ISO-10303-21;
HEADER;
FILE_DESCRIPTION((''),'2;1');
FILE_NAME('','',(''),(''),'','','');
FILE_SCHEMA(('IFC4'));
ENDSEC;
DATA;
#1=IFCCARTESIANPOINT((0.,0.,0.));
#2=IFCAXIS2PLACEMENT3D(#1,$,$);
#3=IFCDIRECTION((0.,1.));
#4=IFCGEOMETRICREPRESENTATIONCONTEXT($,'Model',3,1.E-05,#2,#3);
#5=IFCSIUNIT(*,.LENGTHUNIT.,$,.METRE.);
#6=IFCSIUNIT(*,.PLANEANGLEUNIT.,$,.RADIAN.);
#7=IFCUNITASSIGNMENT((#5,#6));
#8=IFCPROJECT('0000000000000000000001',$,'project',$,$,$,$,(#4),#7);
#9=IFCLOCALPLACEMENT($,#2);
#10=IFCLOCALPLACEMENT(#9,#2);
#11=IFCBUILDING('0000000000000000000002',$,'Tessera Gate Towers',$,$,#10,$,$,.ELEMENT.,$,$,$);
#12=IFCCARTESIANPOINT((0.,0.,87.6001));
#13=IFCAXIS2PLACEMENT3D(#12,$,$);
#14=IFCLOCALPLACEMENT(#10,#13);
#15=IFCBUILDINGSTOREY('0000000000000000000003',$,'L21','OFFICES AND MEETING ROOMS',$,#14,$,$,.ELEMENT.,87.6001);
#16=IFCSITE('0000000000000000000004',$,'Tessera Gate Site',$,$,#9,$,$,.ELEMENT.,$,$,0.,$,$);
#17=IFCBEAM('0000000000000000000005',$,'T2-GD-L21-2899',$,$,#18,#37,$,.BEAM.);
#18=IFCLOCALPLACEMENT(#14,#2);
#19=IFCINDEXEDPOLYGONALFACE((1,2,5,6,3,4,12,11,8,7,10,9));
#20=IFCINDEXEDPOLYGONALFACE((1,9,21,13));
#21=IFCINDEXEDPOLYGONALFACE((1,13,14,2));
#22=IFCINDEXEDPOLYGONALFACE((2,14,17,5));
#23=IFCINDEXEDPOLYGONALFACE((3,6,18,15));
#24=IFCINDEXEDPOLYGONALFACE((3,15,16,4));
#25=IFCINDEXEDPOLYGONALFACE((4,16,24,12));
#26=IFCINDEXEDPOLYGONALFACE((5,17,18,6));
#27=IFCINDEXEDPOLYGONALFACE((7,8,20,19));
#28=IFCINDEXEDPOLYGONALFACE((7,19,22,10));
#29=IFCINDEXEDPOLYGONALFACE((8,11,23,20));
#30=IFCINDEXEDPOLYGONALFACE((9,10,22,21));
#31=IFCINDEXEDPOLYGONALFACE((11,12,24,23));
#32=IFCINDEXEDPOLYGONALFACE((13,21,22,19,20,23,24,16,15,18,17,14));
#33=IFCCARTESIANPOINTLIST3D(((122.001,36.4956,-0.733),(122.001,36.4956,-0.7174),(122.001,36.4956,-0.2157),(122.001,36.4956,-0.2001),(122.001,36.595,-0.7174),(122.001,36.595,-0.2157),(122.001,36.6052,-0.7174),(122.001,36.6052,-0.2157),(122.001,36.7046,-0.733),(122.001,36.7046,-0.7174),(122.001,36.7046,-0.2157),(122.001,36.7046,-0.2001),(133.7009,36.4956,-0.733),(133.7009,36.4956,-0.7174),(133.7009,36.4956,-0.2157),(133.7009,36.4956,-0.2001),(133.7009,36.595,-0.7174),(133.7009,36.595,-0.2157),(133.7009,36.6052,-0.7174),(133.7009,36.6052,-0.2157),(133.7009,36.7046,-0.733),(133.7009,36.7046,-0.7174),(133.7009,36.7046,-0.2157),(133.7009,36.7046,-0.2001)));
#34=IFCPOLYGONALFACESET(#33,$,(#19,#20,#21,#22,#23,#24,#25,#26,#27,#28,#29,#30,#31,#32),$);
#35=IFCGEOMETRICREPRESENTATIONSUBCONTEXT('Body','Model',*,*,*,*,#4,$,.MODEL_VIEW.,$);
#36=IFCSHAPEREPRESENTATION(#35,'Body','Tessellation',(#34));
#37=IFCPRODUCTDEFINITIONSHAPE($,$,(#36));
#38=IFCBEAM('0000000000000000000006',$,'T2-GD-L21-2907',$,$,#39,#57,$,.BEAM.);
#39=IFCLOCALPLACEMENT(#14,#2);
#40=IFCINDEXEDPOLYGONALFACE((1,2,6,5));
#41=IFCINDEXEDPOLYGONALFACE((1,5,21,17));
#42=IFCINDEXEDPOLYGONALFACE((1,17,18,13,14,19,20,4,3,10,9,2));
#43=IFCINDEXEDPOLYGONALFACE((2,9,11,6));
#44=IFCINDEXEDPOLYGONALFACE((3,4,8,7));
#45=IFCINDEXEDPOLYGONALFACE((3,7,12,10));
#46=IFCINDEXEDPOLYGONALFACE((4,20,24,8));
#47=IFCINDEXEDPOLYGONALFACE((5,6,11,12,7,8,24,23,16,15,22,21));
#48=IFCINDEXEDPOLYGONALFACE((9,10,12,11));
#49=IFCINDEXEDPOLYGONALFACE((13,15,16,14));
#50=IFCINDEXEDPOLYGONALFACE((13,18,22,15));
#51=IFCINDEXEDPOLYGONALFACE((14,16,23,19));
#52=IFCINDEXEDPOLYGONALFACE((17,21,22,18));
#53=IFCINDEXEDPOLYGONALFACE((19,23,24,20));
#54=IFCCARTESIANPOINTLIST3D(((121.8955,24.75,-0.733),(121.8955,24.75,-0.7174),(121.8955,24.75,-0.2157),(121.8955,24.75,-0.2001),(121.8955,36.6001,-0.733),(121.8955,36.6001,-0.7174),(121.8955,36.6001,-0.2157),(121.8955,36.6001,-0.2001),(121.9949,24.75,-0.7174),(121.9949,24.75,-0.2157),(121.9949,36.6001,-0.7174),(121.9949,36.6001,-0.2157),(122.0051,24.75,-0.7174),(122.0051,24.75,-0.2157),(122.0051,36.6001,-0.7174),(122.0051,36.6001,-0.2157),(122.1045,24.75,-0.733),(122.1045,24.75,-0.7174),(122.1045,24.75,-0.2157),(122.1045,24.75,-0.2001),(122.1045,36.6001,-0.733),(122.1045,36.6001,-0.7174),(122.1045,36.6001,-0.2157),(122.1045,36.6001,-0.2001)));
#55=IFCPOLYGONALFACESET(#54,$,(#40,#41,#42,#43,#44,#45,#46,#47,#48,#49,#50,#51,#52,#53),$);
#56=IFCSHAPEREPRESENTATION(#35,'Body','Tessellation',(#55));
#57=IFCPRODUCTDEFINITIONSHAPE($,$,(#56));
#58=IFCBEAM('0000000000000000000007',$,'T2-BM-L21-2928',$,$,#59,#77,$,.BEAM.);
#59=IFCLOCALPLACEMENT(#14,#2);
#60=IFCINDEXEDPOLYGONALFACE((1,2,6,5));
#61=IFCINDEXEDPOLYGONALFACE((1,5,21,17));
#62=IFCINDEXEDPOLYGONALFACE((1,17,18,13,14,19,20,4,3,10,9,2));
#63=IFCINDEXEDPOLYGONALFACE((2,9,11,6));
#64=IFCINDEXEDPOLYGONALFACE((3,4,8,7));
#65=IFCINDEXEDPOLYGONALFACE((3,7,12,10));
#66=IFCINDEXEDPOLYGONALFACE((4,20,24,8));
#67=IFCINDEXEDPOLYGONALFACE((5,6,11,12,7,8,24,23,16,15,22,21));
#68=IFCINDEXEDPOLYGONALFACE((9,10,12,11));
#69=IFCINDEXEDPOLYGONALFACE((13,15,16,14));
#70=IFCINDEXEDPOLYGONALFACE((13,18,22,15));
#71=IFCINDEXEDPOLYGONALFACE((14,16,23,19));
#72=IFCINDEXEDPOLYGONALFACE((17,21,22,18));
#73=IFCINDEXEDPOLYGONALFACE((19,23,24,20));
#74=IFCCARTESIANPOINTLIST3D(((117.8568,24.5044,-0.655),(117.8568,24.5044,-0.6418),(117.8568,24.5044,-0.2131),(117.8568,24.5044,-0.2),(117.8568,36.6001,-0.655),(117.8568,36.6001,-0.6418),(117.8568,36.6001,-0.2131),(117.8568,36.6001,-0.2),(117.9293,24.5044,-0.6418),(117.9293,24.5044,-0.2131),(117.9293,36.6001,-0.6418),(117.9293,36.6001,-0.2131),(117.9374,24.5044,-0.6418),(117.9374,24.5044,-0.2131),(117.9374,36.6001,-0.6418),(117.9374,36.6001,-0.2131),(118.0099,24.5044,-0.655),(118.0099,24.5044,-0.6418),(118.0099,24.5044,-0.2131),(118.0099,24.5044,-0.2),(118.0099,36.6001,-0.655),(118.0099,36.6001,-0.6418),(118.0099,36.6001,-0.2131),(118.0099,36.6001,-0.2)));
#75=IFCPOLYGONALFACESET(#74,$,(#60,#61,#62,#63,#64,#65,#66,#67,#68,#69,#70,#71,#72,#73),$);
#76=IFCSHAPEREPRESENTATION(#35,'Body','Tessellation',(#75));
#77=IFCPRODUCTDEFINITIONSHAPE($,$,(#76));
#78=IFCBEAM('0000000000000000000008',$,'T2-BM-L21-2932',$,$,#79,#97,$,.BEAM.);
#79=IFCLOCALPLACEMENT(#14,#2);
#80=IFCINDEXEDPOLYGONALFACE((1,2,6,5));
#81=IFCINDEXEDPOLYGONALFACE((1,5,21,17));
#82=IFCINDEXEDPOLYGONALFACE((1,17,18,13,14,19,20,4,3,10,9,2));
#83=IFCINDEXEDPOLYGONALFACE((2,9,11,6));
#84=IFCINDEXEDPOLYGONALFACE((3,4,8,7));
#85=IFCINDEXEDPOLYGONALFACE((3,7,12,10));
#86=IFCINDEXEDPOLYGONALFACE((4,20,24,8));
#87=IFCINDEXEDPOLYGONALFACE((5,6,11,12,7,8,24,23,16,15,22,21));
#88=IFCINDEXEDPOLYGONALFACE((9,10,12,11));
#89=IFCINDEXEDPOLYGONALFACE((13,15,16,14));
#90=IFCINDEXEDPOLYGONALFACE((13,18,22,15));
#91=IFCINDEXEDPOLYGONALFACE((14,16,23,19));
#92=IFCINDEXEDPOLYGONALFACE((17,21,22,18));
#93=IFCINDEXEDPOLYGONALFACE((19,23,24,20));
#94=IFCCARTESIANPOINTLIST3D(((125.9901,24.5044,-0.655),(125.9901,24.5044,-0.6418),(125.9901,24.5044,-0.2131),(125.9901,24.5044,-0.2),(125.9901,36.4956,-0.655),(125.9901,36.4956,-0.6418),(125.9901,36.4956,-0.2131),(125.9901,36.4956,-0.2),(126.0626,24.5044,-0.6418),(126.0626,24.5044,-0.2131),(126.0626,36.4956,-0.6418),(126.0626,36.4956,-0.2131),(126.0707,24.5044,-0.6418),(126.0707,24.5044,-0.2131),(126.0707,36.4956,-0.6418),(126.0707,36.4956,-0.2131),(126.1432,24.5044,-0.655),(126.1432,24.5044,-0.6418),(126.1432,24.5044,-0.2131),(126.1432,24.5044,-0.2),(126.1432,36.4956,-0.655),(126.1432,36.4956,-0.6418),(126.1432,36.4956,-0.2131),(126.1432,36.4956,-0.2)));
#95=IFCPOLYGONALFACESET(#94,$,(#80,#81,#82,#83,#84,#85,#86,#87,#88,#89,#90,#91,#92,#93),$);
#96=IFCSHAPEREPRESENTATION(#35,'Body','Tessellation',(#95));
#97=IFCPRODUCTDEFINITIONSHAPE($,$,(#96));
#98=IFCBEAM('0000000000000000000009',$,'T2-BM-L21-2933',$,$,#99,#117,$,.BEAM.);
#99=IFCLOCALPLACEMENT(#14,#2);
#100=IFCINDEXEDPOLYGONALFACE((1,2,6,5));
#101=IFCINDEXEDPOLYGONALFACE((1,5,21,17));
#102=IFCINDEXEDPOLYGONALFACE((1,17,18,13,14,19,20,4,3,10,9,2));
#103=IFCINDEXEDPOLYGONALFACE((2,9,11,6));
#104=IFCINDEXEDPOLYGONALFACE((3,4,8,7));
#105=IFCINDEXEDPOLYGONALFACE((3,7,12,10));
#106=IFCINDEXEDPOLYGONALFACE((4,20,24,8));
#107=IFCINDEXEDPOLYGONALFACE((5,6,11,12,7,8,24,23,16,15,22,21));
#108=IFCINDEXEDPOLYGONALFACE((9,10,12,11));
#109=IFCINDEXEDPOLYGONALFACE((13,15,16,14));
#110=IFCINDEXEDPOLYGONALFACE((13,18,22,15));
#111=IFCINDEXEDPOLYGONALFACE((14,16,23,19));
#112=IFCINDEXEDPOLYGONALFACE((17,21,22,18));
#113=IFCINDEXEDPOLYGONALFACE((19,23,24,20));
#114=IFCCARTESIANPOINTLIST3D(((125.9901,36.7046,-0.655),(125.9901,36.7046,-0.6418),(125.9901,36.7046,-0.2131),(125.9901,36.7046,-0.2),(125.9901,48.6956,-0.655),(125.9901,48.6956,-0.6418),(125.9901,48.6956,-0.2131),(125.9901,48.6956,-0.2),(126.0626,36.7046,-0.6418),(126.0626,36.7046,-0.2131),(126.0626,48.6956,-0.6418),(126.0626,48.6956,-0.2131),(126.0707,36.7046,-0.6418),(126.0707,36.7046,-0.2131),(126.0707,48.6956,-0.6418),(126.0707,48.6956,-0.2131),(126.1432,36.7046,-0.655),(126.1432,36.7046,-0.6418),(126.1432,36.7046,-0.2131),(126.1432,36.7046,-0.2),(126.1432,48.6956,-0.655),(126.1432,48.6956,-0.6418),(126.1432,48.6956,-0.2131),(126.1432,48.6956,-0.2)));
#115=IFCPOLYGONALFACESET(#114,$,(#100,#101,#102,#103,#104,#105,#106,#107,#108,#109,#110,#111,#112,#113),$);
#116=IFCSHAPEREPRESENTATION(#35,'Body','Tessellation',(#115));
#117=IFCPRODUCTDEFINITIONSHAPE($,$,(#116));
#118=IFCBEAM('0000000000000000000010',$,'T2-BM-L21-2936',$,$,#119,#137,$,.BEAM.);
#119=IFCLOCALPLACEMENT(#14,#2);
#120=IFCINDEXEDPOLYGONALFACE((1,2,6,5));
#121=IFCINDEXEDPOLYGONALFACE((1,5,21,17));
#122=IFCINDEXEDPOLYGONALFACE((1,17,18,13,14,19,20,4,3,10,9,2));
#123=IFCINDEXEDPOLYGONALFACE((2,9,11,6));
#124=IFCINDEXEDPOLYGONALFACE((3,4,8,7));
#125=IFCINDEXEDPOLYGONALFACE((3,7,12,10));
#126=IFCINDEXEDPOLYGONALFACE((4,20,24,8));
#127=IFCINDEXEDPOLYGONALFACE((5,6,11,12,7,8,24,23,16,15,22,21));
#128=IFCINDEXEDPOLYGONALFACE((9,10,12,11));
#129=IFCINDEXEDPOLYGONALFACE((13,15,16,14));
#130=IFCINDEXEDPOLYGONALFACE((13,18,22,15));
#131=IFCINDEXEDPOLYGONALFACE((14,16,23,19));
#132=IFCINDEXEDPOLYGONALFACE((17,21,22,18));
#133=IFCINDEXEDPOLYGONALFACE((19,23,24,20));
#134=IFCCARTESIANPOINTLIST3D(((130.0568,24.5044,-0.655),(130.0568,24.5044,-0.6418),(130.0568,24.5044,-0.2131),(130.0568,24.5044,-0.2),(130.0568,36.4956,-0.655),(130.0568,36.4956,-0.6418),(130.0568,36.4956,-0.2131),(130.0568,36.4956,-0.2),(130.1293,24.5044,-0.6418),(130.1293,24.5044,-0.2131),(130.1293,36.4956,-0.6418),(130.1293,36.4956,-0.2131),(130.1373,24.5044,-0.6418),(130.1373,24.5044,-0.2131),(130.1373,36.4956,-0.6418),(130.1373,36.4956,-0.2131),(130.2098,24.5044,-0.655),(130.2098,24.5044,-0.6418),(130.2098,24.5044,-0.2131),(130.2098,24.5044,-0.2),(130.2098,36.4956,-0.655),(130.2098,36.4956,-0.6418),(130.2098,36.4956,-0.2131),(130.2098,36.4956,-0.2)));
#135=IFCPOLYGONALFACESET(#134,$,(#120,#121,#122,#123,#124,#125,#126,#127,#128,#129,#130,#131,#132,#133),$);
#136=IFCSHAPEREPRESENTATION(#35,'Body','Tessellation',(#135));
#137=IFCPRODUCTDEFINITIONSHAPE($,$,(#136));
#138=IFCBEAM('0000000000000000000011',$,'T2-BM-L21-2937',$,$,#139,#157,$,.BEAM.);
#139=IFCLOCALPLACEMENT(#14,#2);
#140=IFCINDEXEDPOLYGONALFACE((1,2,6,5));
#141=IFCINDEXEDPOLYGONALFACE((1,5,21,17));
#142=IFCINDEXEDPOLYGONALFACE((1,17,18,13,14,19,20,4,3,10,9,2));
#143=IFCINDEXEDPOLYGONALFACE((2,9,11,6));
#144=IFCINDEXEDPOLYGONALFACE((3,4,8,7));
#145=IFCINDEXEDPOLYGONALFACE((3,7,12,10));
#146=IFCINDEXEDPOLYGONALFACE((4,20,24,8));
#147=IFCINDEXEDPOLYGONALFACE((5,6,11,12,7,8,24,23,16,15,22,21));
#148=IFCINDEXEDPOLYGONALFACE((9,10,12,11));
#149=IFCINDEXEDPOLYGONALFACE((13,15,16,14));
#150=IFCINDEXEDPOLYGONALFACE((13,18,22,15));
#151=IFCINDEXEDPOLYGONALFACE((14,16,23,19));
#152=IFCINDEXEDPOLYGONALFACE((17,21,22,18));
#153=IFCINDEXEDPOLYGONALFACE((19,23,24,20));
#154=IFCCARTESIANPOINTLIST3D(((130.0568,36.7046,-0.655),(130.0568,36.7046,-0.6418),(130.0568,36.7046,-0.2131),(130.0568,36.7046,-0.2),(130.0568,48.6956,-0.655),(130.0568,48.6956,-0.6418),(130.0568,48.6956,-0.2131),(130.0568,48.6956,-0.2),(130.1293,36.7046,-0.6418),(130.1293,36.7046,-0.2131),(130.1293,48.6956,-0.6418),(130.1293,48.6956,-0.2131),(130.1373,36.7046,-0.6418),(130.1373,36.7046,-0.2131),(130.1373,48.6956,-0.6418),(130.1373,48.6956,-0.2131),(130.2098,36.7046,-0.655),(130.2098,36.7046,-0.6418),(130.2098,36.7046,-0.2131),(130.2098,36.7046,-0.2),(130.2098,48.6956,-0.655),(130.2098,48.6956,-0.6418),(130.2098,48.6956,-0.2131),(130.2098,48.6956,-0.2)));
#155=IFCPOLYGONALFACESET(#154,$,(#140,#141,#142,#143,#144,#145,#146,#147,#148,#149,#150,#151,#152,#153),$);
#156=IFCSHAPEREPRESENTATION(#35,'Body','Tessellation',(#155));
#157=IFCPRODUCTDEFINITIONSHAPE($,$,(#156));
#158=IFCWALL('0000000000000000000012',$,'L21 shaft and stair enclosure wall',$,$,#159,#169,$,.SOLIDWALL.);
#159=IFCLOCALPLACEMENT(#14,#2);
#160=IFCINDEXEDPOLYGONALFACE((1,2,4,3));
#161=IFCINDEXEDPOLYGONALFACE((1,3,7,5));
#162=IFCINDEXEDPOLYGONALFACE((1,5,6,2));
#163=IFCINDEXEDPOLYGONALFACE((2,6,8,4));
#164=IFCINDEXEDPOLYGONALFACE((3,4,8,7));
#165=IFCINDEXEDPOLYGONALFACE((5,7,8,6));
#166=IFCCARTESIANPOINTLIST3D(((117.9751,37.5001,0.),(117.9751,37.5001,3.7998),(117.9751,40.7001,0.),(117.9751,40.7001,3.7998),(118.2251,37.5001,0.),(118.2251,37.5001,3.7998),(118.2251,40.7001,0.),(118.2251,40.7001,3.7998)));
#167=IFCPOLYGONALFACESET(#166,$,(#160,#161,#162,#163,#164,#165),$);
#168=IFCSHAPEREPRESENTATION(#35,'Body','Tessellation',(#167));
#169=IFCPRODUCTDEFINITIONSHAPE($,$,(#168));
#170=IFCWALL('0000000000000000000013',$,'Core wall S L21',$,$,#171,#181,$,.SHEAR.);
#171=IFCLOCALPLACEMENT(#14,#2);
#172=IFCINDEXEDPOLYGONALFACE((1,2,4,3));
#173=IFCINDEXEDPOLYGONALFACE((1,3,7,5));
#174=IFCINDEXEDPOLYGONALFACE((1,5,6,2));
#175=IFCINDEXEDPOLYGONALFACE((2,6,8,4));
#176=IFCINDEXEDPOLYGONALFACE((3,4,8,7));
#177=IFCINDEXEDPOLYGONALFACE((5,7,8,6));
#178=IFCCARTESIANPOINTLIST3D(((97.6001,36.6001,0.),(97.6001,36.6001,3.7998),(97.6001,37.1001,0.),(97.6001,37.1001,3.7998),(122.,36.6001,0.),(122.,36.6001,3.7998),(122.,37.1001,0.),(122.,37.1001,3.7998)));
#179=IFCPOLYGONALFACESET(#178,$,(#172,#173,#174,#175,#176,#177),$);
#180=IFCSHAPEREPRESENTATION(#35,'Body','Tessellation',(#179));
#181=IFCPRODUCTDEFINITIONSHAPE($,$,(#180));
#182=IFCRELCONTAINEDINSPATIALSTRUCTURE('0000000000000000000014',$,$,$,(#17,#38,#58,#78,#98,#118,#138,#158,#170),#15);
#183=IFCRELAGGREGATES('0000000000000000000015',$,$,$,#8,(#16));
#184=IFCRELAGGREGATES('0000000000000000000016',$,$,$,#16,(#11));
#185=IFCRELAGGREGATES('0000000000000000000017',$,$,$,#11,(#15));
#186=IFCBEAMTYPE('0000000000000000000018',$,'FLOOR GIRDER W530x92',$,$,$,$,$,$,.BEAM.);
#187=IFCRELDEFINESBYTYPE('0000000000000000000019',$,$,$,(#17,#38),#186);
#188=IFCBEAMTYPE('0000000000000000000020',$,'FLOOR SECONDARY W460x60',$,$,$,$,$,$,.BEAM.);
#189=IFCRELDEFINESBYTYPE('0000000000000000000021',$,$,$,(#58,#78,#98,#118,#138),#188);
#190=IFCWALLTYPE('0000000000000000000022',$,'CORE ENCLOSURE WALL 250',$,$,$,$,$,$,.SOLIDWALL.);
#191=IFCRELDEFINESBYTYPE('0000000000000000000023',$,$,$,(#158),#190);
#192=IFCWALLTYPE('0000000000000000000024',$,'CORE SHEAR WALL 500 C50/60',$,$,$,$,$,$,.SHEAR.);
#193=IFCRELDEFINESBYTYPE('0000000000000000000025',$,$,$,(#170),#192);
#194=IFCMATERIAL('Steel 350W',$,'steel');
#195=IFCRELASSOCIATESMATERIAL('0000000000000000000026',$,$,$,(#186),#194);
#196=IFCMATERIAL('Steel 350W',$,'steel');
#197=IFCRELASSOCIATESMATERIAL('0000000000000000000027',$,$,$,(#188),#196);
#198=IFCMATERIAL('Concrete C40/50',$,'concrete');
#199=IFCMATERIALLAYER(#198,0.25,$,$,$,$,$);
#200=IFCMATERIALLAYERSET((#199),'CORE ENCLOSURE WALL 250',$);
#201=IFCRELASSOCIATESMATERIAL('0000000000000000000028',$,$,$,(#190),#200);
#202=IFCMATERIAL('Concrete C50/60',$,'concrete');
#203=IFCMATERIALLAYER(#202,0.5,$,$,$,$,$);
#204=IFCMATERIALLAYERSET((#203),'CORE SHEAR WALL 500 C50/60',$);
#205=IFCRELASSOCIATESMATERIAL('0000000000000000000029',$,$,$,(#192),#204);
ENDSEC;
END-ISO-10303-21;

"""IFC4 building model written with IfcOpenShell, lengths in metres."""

from ifc_helpers import new_model, si_unit, direction, frame, frame_2d, origin, origin_2d, place, context, subcontext, project, spatial, rectangle, i_section, extrude, material, layer, layer_set, material_profile, profile_set, type_object, element, save


model = new_model("IFC4")

# Units and contexts
model_context = context("Model", 3, precision=1e-05, world=origin(), true_north=direction((0.0, 1.0)))
body_context = subcontext(model_context, "Body", "Model", "MODEL_VIEW")
ifc_project = project(units=[si_unit("LENGTHUNIT", "METRE"), si_unit("PLANEANGLEUNIT", "RADIAN")], contexts=[model_context])

# Site, building, storey
site_placement = place(None, origin())
site = spatial("IfcSite", under=ifc_project, at=site_placement, Name="Tessera Gate Site", CompositionType="ELEMENT", RefElevation=0.0)
building_placement = place(site_placement, origin())
building = spatial("IfcBuilding", under=site, at=building_placement, Name="Tessera Gate Towers", CompositionType="ELEMENT")
storey_placement = place(building_placement, frame((0.0, 0.0, 87.6001)))
storey = spatial("IfcBuildingStorey", under=building, at=storey_placement, Name="L21", Description="OFFICES AND MEETING ROOMS", CompositionType="ELEMENT", Elevation=87.6001)

# Beams
ifc_material_1 = material(Name="Steel 350W", Category="steel")
ifc_material_profile_1 = material_profile(ifc_material_1, i_section(OverallWidth=0.209, OverallDepth=0.533, WebThickness=0.0103, FlangeThickness=0.0156, at=origin_2d()), Name="W530x92")
ifc_profile_set_1 = profile_set([ifc_material_profile_1], Name="Steel 350W")
beam_type_1 = type_object("IfcBeamType", Name="FLOOR GIRDER W530x92", PredefinedType="BEAM", material=ifc_profile_set_1)
beam_1_placement = place(storey_placement, frame((122.001, 36.6001, -0.4666), z_axis=(1.0, 0.0, 0.0), x_axis=(0.0, 1.0, 0.0)))
element("IfcBeam", 1, at=beam_1_placement, inside=storey, type_object=beam_type_1, Name="T2-GD-L21-2899", PredefinedType="BEAM", context=body_context, shape_type="SweptSolid", body=[
    extrude(i_section(OverallWidth=0.209, OverallDepth=0.533, WebThickness=0.0103, FlangeThickness=0.0156, at=origin_2d()), origin(), (0.0, 0.0, 1.0), 11.7),
])
beam_2_placement = place(storey_placement, frame((122.0, 24.75, -0.4666), z_axis=(0.0, 1.0, 0.0), x_axis=(-1.0, 0.0, 0.0)))
element("IfcBeam", 2, at=beam_2_placement, inside=storey, type_object=beam_type_1, Name="T2-GD-L21-2907", PredefinedType="BEAM", context=body_context, shape_type="SweptSolid", body=[
    extrude(i_section(OverallWidth=0.209, OverallDepth=0.533, WebThickness=0.0103, FlangeThickness=0.0156, at=origin_2d()), origin(), (0.0, 0.0, 1.0), 11.8501),
])
ifc_material_2 = material(Name="Steel 350W", Category="steel")
ifc_material_profile_2 = material_profile(ifc_material_2, i_section(OverallWidth=0.1531, OverallDepth=0.4551, WebThickness=0.0081, FlangeThickness=0.0132, at=origin_2d()), Name="W460x60")
ifc_profile_set_2 = profile_set([ifc_material_profile_2], Name="Steel 350W")
beam_type_2 = type_object("IfcBeamType", Name="FLOOR SECONDARY W460x60", PredefinedType="BEAM", material=ifc_profile_set_2)
beam_3_placement = place(storey_placement, frame((117.9333, 24.5044, -0.4275), z_axis=(0.0, 1.0, 0.0), x_axis=(-1.0, 0.0, 0.0)))
element("IfcBeam", 3, at=beam_3_placement, inside=storey, type_object=beam_type_2, Name="T2-BM-L21-2928", PredefinedType="BEAM", context=body_context, shape_type="SweptSolid", body=[
    extrude(i_section(OverallWidth=0.1531, OverallDepth=0.4551, WebThickness=0.0081, FlangeThickness=0.0132, at=origin_2d()), origin(), (0.0, 0.0, 1.0), 12.0957),
])
beam_4_placement = place(storey_placement, frame((126.0667, 24.5044, -0.4275), z_axis=(0.0, 1.0, 0.0), x_axis=(-1.0, 0.0, 0.0)))
element("IfcBeam", 4, at=beam_4_placement, inside=storey, type_object=beam_type_2, Name="T2-BM-L21-2932", PredefinedType="BEAM", context=body_context, shape_type="SweptSolid", body=[
    extrude(i_section(OverallWidth=0.1531, OverallDepth=0.4551, WebThickness=0.0081, FlangeThickness=0.0132, at=origin_2d()), origin(), (0.0, 0.0, 1.0), 11.9912),
])
beam_5_placement = place(storey_placement, frame((126.0667, 36.7046, -0.4275), z_axis=(0.0, 1.0, 0.0), x_axis=(-1.0, 0.0, 0.0)))
element("IfcBeam", 5, at=beam_5_placement, inside=storey, type_object=beam_type_2, Name="T2-BM-L21-2933", PredefinedType="BEAM", context=body_context, shape_type="SweptSolid", body=[
    extrude(i_section(OverallWidth=0.1531, OverallDepth=0.4551, WebThickness=0.0081, FlangeThickness=0.0132, at=origin_2d()), origin(), (0.0, 0.0, 1.0), 11.991),
])
beam_6_placement = place(storey_placement, frame((130.1333, 24.5044, -0.4275), z_axis=(0.0, 1.0, 0.0), x_axis=(-1.0, 0.0, 0.0)))
element("IfcBeam", 6, at=beam_6_placement, inside=storey, type_object=beam_type_2, Name="T2-BM-L21-2936", PredefinedType="BEAM", context=body_context, shape_type="SweptSolid", body=[
    extrude(i_section(OverallWidth=0.1531, OverallDepth=0.4551, WebThickness=0.0081, FlangeThickness=0.0132, at=origin_2d()), origin(), (0.0, 0.0, 1.0), 11.9912),
])
beam_7_placement = place(storey_placement, frame((130.1333, 36.7046, -0.4275), z_axis=(0.0, 1.0, 0.0), x_axis=(-1.0, 0.0, 0.0)))
element("IfcBeam", 7, at=beam_7_placement, inside=storey, type_object=beam_type_2, Name="T2-BM-L21-2937", PredefinedType="BEAM", context=body_context, shape_type="SweptSolid", body=[
    extrude(i_section(OverallWidth=0.1531, OverallDepth=0.4551, WebThickness=0.0081, FlangeThickness=0.0132, at=origin_2d()), origin(), (0.0, 0.0, 1.0), 11.991),
])

# Walls
ifc_material_3 = material(Name="Concrete C40/50", Category="concrete")
ifc_layer_1 = layer(ifc_material_3, 0.25)
ifc_layer_set_1 = layer_set([ifc_layer_1], Name="CORE ENCLOSURE WALL 250")
wall_type_1 = type_object("IfcWallType", Name="CORE ENCLOSURE WALL 250", PredefinedType="SOLIDWALL", material=ifc_layer_set_1)
wall_1_placement = place(storey_placement, frame((118.1001, 37.5, 0.0), z_axis=(0.0, 0.0, 1.0), x_axis=(0.0, 1.0, 0.0)))
element("IfcWall", 8, at=wall_1_placement, inside=storey, type_object=wall_type_1, Name="L21 shaft and stair enclosure wall", PredefinedType="SOLIDWALL", context=body_context, shape_type="SweptSolid", body=[
    extrude(rectangle(XDim=3.2, YDim=0.25, at=frame_2d((1.6001, 0.0))), origin(), (0.0, 0.0, 1.0), 3.7998),
])
ifc_material_4 = material(Name="Concrete C50/60", Category="concrete")
ifc_layer_2 = layer(ifc_material_4, 0.5)
ifc_layer_set_2 = layer_set([ifc_layer_2], Name="CORE SHEAR WALL 500 C50/60")
wall_type_2 = type_object("IfcWallType", Name="CORE SHEAR WALL 500 C50/60", PredefinedType="SHEAR", material=ifc_layer_set_2)
wall_2_placement = place(storey_placement, frame((122.0, 36.8501, 0.0), z_axis=(0.0, 0.0, 1.0), x_axis=(-1.0, 0.0, 0.0)))
element("IfcWall", 9, at=wall_2_placement, inside=storey, type_object=wall_type_2, Name="Core wall S L21", PredefinedType="SHEAR", context=body_context, shape_type="SweptSolid", body=[
    extrude(rectangle(XDim=24.3999, YDim=0.5, at=frame_2d((12.2, 0.0))), origin(), (0.0, 0.0, 1.0), 3.7998),
])

save(model, "model.ifc")
